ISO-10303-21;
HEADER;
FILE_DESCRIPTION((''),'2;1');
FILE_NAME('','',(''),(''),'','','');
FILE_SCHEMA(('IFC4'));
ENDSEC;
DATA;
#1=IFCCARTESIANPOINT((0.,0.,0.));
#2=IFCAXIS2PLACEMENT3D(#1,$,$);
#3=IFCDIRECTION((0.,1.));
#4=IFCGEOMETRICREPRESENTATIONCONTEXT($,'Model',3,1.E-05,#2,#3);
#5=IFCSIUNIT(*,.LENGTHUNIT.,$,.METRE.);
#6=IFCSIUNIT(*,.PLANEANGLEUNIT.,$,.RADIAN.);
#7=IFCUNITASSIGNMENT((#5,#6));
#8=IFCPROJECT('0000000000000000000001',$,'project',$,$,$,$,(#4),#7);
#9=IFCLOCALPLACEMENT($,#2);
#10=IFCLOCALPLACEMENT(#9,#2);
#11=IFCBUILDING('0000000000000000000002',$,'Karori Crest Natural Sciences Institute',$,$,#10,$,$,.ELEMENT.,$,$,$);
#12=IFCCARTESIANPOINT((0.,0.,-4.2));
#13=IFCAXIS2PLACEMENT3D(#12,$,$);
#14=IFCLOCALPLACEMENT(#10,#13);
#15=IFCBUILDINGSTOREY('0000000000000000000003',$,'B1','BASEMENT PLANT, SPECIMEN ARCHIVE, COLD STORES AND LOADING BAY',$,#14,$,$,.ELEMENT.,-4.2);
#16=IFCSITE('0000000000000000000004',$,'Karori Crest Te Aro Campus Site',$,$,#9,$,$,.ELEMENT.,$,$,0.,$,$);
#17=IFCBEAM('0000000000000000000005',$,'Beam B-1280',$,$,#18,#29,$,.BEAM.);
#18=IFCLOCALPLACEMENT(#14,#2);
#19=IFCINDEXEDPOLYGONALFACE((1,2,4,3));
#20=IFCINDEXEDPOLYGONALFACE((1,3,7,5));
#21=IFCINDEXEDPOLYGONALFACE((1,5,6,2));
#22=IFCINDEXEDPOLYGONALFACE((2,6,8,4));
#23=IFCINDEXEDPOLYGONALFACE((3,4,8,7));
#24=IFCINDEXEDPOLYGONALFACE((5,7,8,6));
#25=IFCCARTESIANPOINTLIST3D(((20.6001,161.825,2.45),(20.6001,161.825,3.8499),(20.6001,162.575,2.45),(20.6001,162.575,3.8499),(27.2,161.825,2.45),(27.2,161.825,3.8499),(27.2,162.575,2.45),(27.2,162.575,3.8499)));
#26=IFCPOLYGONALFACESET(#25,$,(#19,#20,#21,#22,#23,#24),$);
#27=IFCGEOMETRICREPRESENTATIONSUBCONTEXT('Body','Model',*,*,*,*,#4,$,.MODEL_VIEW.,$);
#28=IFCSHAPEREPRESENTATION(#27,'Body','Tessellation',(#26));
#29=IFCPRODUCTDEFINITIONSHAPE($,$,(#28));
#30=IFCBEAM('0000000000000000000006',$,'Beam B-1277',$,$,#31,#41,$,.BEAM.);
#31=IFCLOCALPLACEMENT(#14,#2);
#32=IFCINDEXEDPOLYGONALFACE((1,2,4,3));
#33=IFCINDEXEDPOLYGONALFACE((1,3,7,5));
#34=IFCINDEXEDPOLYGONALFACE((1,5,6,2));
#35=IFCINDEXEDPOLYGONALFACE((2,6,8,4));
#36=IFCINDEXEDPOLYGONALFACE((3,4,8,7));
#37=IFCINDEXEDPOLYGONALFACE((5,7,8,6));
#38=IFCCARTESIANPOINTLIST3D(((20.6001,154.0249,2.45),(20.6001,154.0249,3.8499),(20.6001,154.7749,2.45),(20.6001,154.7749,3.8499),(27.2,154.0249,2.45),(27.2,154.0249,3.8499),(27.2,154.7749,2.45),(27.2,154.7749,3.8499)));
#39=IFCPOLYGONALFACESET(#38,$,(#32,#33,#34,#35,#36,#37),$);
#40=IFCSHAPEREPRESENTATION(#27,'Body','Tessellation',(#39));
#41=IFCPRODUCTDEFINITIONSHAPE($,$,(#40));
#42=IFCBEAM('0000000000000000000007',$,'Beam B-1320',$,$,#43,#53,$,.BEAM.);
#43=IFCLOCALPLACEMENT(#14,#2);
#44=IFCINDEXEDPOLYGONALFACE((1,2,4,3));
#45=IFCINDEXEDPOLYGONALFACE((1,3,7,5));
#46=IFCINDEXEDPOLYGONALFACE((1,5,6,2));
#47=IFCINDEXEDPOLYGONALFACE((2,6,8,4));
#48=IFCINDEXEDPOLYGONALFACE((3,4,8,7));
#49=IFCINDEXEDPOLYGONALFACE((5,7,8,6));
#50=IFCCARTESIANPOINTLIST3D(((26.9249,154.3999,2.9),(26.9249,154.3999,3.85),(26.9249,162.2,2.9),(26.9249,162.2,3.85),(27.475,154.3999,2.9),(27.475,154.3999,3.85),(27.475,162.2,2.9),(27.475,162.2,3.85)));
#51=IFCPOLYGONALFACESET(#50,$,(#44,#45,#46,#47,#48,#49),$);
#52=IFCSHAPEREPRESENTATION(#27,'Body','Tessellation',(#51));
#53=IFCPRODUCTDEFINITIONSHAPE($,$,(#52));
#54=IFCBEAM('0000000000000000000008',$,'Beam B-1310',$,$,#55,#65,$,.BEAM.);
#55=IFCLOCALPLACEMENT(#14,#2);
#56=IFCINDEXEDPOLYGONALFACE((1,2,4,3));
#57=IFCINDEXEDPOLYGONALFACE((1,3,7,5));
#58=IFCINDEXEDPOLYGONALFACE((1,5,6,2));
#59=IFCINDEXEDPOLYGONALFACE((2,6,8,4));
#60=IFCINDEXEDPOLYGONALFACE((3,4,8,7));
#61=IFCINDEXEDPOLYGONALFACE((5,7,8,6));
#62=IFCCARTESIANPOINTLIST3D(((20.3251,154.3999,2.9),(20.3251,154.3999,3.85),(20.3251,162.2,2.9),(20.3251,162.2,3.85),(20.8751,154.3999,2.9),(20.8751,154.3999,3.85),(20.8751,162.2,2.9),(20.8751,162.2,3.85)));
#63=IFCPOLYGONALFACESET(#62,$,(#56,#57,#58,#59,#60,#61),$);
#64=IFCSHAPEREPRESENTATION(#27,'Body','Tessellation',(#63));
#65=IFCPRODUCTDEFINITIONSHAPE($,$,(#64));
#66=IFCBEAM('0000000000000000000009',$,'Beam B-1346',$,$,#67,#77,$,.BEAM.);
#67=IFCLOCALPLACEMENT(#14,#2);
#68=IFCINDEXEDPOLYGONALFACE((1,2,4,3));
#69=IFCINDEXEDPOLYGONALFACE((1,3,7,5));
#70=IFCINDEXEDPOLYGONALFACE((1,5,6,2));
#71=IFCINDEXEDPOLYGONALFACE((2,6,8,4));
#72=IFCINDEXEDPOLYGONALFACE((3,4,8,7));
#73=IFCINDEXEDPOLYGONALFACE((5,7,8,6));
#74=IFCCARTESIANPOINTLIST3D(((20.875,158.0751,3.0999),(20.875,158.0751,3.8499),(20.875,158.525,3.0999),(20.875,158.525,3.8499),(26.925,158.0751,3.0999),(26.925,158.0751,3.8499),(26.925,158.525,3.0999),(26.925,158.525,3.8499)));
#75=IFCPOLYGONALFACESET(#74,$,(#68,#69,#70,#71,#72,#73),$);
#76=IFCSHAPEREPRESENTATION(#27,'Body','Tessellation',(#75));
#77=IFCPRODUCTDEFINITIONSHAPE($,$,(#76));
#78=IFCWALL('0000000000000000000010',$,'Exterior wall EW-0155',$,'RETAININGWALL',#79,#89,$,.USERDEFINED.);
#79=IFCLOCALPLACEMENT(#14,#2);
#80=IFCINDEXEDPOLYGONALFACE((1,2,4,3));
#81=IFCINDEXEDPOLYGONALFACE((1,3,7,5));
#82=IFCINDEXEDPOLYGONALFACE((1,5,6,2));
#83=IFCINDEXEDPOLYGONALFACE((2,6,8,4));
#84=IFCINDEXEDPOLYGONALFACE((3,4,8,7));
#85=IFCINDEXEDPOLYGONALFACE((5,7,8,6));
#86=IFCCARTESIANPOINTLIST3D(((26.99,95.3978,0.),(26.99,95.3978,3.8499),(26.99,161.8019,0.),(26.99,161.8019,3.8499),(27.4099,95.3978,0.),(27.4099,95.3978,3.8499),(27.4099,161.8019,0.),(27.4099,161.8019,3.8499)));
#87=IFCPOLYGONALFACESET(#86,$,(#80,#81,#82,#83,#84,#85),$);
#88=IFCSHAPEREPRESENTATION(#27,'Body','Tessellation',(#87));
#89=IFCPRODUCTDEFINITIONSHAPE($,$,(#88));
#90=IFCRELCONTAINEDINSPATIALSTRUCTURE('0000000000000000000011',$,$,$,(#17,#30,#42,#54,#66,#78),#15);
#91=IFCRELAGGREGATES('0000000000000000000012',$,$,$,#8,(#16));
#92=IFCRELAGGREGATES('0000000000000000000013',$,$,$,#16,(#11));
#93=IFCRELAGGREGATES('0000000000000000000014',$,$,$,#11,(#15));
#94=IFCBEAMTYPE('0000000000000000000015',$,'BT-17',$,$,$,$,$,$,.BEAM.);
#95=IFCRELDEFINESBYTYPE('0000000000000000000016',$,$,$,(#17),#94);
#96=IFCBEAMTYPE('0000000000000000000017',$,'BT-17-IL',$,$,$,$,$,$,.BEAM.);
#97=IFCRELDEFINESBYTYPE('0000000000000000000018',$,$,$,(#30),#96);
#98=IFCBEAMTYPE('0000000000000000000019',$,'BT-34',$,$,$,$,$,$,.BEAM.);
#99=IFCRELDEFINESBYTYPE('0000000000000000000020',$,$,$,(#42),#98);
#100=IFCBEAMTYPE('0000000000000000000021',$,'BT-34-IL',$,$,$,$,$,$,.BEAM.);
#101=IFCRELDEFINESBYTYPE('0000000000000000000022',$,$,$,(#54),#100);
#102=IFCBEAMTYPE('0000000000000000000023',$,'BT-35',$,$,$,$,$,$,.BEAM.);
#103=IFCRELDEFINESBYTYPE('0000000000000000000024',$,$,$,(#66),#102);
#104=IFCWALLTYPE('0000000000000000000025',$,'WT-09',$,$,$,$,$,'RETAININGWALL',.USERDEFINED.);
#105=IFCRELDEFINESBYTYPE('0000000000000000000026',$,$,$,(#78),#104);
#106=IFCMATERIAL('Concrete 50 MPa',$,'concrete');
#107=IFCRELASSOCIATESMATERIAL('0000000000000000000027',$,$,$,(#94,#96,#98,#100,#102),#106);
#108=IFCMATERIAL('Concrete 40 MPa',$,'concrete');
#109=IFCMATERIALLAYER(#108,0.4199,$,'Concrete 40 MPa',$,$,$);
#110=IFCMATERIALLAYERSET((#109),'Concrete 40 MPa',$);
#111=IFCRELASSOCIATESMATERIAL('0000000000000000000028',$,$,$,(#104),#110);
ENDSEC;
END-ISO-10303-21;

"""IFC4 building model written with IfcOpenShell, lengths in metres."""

from ifc_helpers import new_model, si_unit, direction, frame, frame_2d, origin, origin_2d, place, context, subcontext, project, spatial, rectangle, extrude, material, layer, layer_set, material_profile, profile_set, type_object, element, save


model = new_model("IFC4")

# Units and contexts
model_context = context("Model", 3, precision=1e-05, world=origin(), true_north=direction((0.0, 1.0)))
body_context = subcontext(model_context, "Body", "Model", "MODEL_VIEW")
ifc_project = project(units=[si_unit("LENGTHUNIT", "METRE"), si_unit("PLANEANGLEUNIT", "RADIAN")], contexts=[model_context])

# Site, building, storey
site_placement = place(None, origin())
site = spatial("IfcSite", under=ifc_project, at=site_placement, Name="Karori Crest Te Aro Campus Site", CompositionType="ELEMENT", RefElevation=0.0)
building_placement = place(site_placement, origin())
building = spatial("IfcBuilding", under=site, at=building_placement, Name="Karori Crest Natural Sciences Institute", CompositionType="ELEMENT")
storey_placement = place(building_placement, frame((0.0, 0.0, -4.2)))
storey = spatial("IfcBuildingStorey", under=building, at=storey_placement, Name="B1", Description="BASEMENT PLANT, SPECIMEN ARCHIVE, COLD STORES AND LOADING BAY", CompositionType="ELEMENT", Elevation=-4.2)

# Shared definitions
ifc_material_1 = material(Name="Concrete 40 MPa", Category="concrete")

# Shared definitions
ifc_material_2 = material(Name="Concrete 50 MPa", Category="concrete")

# Beams
ifc_material_profile_1 = material_profile(ifc_material_2, rectangle(XDim=0.75, YDim=1.3999, at=origin_2d()), Name="RCB750x1400")
ifc_profile_set_1 = profile_set([ifc_material_profile_1], Name="Concrete 50 MPa")
beam_type_1 = type_object("IfcBeamType", Name="BT-17", PredefinedType="BEAM", material=ifc_profile_set_1)
beam_1_placement = place(storey_placement, frame((20.6001, 162.2, 3.1499), z_axis=(1.0, 0.0, 0.0), x_axis=(0.0, 1.0, 0.0)))
element("IfcBeam", 1, at=beam_1_placement, inside=storey, type_object=beam_type_1, Name="Beam B-1280", PredefinedType="BEAM", context=body_context, shape_type="SweptSolid", body=[
    extrude(rectangle(XDim=0.75, YDim=1.3999, at=origin_2d()), origin(), (0.0, 0.0, 1.0), 6.5999),
])
ifc_material_profile_2 = material_profile(ifc_material_2, rectangle(XDim=0.75, YDim=1.3999, at=origin_2d()), Name="RCB750x1400")
ifc_profile_set_2 = profile_set([ifc_material_profile_2], Name="Concrete 50 MPa")
beam_type_2 = type_object("IfcBeamType", Name="BT-17-IL", PredefinedType="BEAM", material=ifc_profile_set_2)
beam_2_placement = place(storey_placement, frame((20.6001, 154.3999, 3.1499), z_axis=(1.0, 0.0, 0.0), x_axis=(0.0, 1.0, 0.0)))
element("IfcBeam", 2, at=beam_2_placement, inside=storey, type_object=beam_type_2, Name="Beam B-1277", PredefinedType="BEAM", context=body_context, shape_type="SweptSolid", body=[
    extrude(rectangle(XDim=0.75, YDim=1.3999, at=origin_2d()), origin(), (0.0, 0.0, 1.0), 6.5999),
])
ifc_material_profile_3 = material_profile(ifc_material_2, rectangle(XDim=0.55, YDim=0.95, at=origin_2d()), Name="RCB550x950")
ifc_profile_set_3 = profile_set([ifc_material_profile_3], Name="Concrete 50 MPa")
beam_type_3 = type_object("IfcBeamType", Name="BT-34", PredefinedType="BEAM", material=ifc_profile_set_3)
beam_3_placement = place(storey_placement, frame((27.2, 154.3999, 3.375), z_axis=(0.0, 1.0, 0.0), x_axis=(-1.0, 0.0, 0.0)))
element("IfcBeam", 3, at=beam_3_placement, inside=storey, type_object=beam_type_3, Name="Beam B-1320", PredefinedType="BEAM", context=body_context, shape_type="SweptSolid", body=[
    extrude(rectangle(XDim=0.55, YDim=0.95, at=origin_2d()), origin(), (0.0, 0.0, 1.0), 7.8),
])
ifc_material_profile_4 = material_profile(ifc_material_2, rectangle(XDim=0.55, YDim=0.95, at=origin_2d()), Name="RCB550x950")
ifc_profile_set_4 = profile_set([ifc_material_profile_4], Name="Concrete 50 MPa")
beam_type_4 = type_object("IfcBeamType", Name="BT-34-IL", PredefinedType="BEAM", material=ifc_profile_set_4)
beam_4_placement = place(storey_placement, frame((20.6001, 154.3999, 3.375), z_axis=(0.0, 1.0, 0.0), x_axis=(-1.0, 0.0, 0.0)))
element("IfcBeam", 4, at=beam_4_placement, inside=storey, type_object=beam_type_4, Name="Beam B-1310", PredefinedType="BEAM", context=body_context, shape_type="SweptSolid", body=[
    extrude(rectangle(XDim=0.55, YDim=0.95, at=origin_2d()), origin(), (0.0, 0.0, 1.0), 7.8),
])
ifc_material_profile_5 = material_profile(ifc_material_2, rectangle(XDim=0.45, YDim=0.75, at=origin_2d()), Name="RCB450x750")
ifc_profile_set_5 = profile_set([ifc_material_profile_5], Name="Concrete 50 MPa")
beam_type_5 = type_object("IfcBeamType", Name="BT-35", PredefinedType="BEAM", material=ifc_profile_set_5)
beam_5_placement = place(storey_placement, frame((20.875, 158.3, 3.4749), z_axis=(1.0, 0.0, 0.0), x_axis=(0.0, 1.0, 0.0)))
element("IfcBeam", 5, at=beam_5_placement, inside=storey, type_object=beam_type_5, Name="Beam B-1346", PredefinedType="BEAM", context=body_context, shape_type="SweptSolid", body=[
    extrude(rectangle(XDim=0.45, YDim=0.75, at=origin_2d()), origin(), (0.0, 0.0, 1.0), 6.05),
])

# Wall
ifc_layer = layer(ifc_material_1, 0.4199, Name="Concrete 40 MPa")
ifc_layer_set = layer_set([ifc_layer], Name="Concrete 40 MPa")
wall_type = type_object("IfcWallType", Name="WT-09", ElementType="RETAININGWALL", PredefinedType="USERDEFINED", material=ifc_layer_set)
wall_placement = place(storey_placement, frame((27.2, 161.802, 0.0), z_axis=(0.0, 0.0, 1.0), x_axis=(0.0, -1.0, 0.0)))
element("IfcWall", 6, at=wall_placement, inside=storey, type_object=wall_type, Name="Exterior wall EW-0155", ObjectType="RETAININGWALL", PredefinedType="USERDEFINED", context=body_context, shape_type="SweptSolid", body=[
    extrude(rectangle(XDim=66.4041, YDim=0.4199, at=frame_2d((33.2021, 0.0))), origin(), (0.0, 0.0, 1.0), 3.8499),
])

save(model, "model.ifc")
